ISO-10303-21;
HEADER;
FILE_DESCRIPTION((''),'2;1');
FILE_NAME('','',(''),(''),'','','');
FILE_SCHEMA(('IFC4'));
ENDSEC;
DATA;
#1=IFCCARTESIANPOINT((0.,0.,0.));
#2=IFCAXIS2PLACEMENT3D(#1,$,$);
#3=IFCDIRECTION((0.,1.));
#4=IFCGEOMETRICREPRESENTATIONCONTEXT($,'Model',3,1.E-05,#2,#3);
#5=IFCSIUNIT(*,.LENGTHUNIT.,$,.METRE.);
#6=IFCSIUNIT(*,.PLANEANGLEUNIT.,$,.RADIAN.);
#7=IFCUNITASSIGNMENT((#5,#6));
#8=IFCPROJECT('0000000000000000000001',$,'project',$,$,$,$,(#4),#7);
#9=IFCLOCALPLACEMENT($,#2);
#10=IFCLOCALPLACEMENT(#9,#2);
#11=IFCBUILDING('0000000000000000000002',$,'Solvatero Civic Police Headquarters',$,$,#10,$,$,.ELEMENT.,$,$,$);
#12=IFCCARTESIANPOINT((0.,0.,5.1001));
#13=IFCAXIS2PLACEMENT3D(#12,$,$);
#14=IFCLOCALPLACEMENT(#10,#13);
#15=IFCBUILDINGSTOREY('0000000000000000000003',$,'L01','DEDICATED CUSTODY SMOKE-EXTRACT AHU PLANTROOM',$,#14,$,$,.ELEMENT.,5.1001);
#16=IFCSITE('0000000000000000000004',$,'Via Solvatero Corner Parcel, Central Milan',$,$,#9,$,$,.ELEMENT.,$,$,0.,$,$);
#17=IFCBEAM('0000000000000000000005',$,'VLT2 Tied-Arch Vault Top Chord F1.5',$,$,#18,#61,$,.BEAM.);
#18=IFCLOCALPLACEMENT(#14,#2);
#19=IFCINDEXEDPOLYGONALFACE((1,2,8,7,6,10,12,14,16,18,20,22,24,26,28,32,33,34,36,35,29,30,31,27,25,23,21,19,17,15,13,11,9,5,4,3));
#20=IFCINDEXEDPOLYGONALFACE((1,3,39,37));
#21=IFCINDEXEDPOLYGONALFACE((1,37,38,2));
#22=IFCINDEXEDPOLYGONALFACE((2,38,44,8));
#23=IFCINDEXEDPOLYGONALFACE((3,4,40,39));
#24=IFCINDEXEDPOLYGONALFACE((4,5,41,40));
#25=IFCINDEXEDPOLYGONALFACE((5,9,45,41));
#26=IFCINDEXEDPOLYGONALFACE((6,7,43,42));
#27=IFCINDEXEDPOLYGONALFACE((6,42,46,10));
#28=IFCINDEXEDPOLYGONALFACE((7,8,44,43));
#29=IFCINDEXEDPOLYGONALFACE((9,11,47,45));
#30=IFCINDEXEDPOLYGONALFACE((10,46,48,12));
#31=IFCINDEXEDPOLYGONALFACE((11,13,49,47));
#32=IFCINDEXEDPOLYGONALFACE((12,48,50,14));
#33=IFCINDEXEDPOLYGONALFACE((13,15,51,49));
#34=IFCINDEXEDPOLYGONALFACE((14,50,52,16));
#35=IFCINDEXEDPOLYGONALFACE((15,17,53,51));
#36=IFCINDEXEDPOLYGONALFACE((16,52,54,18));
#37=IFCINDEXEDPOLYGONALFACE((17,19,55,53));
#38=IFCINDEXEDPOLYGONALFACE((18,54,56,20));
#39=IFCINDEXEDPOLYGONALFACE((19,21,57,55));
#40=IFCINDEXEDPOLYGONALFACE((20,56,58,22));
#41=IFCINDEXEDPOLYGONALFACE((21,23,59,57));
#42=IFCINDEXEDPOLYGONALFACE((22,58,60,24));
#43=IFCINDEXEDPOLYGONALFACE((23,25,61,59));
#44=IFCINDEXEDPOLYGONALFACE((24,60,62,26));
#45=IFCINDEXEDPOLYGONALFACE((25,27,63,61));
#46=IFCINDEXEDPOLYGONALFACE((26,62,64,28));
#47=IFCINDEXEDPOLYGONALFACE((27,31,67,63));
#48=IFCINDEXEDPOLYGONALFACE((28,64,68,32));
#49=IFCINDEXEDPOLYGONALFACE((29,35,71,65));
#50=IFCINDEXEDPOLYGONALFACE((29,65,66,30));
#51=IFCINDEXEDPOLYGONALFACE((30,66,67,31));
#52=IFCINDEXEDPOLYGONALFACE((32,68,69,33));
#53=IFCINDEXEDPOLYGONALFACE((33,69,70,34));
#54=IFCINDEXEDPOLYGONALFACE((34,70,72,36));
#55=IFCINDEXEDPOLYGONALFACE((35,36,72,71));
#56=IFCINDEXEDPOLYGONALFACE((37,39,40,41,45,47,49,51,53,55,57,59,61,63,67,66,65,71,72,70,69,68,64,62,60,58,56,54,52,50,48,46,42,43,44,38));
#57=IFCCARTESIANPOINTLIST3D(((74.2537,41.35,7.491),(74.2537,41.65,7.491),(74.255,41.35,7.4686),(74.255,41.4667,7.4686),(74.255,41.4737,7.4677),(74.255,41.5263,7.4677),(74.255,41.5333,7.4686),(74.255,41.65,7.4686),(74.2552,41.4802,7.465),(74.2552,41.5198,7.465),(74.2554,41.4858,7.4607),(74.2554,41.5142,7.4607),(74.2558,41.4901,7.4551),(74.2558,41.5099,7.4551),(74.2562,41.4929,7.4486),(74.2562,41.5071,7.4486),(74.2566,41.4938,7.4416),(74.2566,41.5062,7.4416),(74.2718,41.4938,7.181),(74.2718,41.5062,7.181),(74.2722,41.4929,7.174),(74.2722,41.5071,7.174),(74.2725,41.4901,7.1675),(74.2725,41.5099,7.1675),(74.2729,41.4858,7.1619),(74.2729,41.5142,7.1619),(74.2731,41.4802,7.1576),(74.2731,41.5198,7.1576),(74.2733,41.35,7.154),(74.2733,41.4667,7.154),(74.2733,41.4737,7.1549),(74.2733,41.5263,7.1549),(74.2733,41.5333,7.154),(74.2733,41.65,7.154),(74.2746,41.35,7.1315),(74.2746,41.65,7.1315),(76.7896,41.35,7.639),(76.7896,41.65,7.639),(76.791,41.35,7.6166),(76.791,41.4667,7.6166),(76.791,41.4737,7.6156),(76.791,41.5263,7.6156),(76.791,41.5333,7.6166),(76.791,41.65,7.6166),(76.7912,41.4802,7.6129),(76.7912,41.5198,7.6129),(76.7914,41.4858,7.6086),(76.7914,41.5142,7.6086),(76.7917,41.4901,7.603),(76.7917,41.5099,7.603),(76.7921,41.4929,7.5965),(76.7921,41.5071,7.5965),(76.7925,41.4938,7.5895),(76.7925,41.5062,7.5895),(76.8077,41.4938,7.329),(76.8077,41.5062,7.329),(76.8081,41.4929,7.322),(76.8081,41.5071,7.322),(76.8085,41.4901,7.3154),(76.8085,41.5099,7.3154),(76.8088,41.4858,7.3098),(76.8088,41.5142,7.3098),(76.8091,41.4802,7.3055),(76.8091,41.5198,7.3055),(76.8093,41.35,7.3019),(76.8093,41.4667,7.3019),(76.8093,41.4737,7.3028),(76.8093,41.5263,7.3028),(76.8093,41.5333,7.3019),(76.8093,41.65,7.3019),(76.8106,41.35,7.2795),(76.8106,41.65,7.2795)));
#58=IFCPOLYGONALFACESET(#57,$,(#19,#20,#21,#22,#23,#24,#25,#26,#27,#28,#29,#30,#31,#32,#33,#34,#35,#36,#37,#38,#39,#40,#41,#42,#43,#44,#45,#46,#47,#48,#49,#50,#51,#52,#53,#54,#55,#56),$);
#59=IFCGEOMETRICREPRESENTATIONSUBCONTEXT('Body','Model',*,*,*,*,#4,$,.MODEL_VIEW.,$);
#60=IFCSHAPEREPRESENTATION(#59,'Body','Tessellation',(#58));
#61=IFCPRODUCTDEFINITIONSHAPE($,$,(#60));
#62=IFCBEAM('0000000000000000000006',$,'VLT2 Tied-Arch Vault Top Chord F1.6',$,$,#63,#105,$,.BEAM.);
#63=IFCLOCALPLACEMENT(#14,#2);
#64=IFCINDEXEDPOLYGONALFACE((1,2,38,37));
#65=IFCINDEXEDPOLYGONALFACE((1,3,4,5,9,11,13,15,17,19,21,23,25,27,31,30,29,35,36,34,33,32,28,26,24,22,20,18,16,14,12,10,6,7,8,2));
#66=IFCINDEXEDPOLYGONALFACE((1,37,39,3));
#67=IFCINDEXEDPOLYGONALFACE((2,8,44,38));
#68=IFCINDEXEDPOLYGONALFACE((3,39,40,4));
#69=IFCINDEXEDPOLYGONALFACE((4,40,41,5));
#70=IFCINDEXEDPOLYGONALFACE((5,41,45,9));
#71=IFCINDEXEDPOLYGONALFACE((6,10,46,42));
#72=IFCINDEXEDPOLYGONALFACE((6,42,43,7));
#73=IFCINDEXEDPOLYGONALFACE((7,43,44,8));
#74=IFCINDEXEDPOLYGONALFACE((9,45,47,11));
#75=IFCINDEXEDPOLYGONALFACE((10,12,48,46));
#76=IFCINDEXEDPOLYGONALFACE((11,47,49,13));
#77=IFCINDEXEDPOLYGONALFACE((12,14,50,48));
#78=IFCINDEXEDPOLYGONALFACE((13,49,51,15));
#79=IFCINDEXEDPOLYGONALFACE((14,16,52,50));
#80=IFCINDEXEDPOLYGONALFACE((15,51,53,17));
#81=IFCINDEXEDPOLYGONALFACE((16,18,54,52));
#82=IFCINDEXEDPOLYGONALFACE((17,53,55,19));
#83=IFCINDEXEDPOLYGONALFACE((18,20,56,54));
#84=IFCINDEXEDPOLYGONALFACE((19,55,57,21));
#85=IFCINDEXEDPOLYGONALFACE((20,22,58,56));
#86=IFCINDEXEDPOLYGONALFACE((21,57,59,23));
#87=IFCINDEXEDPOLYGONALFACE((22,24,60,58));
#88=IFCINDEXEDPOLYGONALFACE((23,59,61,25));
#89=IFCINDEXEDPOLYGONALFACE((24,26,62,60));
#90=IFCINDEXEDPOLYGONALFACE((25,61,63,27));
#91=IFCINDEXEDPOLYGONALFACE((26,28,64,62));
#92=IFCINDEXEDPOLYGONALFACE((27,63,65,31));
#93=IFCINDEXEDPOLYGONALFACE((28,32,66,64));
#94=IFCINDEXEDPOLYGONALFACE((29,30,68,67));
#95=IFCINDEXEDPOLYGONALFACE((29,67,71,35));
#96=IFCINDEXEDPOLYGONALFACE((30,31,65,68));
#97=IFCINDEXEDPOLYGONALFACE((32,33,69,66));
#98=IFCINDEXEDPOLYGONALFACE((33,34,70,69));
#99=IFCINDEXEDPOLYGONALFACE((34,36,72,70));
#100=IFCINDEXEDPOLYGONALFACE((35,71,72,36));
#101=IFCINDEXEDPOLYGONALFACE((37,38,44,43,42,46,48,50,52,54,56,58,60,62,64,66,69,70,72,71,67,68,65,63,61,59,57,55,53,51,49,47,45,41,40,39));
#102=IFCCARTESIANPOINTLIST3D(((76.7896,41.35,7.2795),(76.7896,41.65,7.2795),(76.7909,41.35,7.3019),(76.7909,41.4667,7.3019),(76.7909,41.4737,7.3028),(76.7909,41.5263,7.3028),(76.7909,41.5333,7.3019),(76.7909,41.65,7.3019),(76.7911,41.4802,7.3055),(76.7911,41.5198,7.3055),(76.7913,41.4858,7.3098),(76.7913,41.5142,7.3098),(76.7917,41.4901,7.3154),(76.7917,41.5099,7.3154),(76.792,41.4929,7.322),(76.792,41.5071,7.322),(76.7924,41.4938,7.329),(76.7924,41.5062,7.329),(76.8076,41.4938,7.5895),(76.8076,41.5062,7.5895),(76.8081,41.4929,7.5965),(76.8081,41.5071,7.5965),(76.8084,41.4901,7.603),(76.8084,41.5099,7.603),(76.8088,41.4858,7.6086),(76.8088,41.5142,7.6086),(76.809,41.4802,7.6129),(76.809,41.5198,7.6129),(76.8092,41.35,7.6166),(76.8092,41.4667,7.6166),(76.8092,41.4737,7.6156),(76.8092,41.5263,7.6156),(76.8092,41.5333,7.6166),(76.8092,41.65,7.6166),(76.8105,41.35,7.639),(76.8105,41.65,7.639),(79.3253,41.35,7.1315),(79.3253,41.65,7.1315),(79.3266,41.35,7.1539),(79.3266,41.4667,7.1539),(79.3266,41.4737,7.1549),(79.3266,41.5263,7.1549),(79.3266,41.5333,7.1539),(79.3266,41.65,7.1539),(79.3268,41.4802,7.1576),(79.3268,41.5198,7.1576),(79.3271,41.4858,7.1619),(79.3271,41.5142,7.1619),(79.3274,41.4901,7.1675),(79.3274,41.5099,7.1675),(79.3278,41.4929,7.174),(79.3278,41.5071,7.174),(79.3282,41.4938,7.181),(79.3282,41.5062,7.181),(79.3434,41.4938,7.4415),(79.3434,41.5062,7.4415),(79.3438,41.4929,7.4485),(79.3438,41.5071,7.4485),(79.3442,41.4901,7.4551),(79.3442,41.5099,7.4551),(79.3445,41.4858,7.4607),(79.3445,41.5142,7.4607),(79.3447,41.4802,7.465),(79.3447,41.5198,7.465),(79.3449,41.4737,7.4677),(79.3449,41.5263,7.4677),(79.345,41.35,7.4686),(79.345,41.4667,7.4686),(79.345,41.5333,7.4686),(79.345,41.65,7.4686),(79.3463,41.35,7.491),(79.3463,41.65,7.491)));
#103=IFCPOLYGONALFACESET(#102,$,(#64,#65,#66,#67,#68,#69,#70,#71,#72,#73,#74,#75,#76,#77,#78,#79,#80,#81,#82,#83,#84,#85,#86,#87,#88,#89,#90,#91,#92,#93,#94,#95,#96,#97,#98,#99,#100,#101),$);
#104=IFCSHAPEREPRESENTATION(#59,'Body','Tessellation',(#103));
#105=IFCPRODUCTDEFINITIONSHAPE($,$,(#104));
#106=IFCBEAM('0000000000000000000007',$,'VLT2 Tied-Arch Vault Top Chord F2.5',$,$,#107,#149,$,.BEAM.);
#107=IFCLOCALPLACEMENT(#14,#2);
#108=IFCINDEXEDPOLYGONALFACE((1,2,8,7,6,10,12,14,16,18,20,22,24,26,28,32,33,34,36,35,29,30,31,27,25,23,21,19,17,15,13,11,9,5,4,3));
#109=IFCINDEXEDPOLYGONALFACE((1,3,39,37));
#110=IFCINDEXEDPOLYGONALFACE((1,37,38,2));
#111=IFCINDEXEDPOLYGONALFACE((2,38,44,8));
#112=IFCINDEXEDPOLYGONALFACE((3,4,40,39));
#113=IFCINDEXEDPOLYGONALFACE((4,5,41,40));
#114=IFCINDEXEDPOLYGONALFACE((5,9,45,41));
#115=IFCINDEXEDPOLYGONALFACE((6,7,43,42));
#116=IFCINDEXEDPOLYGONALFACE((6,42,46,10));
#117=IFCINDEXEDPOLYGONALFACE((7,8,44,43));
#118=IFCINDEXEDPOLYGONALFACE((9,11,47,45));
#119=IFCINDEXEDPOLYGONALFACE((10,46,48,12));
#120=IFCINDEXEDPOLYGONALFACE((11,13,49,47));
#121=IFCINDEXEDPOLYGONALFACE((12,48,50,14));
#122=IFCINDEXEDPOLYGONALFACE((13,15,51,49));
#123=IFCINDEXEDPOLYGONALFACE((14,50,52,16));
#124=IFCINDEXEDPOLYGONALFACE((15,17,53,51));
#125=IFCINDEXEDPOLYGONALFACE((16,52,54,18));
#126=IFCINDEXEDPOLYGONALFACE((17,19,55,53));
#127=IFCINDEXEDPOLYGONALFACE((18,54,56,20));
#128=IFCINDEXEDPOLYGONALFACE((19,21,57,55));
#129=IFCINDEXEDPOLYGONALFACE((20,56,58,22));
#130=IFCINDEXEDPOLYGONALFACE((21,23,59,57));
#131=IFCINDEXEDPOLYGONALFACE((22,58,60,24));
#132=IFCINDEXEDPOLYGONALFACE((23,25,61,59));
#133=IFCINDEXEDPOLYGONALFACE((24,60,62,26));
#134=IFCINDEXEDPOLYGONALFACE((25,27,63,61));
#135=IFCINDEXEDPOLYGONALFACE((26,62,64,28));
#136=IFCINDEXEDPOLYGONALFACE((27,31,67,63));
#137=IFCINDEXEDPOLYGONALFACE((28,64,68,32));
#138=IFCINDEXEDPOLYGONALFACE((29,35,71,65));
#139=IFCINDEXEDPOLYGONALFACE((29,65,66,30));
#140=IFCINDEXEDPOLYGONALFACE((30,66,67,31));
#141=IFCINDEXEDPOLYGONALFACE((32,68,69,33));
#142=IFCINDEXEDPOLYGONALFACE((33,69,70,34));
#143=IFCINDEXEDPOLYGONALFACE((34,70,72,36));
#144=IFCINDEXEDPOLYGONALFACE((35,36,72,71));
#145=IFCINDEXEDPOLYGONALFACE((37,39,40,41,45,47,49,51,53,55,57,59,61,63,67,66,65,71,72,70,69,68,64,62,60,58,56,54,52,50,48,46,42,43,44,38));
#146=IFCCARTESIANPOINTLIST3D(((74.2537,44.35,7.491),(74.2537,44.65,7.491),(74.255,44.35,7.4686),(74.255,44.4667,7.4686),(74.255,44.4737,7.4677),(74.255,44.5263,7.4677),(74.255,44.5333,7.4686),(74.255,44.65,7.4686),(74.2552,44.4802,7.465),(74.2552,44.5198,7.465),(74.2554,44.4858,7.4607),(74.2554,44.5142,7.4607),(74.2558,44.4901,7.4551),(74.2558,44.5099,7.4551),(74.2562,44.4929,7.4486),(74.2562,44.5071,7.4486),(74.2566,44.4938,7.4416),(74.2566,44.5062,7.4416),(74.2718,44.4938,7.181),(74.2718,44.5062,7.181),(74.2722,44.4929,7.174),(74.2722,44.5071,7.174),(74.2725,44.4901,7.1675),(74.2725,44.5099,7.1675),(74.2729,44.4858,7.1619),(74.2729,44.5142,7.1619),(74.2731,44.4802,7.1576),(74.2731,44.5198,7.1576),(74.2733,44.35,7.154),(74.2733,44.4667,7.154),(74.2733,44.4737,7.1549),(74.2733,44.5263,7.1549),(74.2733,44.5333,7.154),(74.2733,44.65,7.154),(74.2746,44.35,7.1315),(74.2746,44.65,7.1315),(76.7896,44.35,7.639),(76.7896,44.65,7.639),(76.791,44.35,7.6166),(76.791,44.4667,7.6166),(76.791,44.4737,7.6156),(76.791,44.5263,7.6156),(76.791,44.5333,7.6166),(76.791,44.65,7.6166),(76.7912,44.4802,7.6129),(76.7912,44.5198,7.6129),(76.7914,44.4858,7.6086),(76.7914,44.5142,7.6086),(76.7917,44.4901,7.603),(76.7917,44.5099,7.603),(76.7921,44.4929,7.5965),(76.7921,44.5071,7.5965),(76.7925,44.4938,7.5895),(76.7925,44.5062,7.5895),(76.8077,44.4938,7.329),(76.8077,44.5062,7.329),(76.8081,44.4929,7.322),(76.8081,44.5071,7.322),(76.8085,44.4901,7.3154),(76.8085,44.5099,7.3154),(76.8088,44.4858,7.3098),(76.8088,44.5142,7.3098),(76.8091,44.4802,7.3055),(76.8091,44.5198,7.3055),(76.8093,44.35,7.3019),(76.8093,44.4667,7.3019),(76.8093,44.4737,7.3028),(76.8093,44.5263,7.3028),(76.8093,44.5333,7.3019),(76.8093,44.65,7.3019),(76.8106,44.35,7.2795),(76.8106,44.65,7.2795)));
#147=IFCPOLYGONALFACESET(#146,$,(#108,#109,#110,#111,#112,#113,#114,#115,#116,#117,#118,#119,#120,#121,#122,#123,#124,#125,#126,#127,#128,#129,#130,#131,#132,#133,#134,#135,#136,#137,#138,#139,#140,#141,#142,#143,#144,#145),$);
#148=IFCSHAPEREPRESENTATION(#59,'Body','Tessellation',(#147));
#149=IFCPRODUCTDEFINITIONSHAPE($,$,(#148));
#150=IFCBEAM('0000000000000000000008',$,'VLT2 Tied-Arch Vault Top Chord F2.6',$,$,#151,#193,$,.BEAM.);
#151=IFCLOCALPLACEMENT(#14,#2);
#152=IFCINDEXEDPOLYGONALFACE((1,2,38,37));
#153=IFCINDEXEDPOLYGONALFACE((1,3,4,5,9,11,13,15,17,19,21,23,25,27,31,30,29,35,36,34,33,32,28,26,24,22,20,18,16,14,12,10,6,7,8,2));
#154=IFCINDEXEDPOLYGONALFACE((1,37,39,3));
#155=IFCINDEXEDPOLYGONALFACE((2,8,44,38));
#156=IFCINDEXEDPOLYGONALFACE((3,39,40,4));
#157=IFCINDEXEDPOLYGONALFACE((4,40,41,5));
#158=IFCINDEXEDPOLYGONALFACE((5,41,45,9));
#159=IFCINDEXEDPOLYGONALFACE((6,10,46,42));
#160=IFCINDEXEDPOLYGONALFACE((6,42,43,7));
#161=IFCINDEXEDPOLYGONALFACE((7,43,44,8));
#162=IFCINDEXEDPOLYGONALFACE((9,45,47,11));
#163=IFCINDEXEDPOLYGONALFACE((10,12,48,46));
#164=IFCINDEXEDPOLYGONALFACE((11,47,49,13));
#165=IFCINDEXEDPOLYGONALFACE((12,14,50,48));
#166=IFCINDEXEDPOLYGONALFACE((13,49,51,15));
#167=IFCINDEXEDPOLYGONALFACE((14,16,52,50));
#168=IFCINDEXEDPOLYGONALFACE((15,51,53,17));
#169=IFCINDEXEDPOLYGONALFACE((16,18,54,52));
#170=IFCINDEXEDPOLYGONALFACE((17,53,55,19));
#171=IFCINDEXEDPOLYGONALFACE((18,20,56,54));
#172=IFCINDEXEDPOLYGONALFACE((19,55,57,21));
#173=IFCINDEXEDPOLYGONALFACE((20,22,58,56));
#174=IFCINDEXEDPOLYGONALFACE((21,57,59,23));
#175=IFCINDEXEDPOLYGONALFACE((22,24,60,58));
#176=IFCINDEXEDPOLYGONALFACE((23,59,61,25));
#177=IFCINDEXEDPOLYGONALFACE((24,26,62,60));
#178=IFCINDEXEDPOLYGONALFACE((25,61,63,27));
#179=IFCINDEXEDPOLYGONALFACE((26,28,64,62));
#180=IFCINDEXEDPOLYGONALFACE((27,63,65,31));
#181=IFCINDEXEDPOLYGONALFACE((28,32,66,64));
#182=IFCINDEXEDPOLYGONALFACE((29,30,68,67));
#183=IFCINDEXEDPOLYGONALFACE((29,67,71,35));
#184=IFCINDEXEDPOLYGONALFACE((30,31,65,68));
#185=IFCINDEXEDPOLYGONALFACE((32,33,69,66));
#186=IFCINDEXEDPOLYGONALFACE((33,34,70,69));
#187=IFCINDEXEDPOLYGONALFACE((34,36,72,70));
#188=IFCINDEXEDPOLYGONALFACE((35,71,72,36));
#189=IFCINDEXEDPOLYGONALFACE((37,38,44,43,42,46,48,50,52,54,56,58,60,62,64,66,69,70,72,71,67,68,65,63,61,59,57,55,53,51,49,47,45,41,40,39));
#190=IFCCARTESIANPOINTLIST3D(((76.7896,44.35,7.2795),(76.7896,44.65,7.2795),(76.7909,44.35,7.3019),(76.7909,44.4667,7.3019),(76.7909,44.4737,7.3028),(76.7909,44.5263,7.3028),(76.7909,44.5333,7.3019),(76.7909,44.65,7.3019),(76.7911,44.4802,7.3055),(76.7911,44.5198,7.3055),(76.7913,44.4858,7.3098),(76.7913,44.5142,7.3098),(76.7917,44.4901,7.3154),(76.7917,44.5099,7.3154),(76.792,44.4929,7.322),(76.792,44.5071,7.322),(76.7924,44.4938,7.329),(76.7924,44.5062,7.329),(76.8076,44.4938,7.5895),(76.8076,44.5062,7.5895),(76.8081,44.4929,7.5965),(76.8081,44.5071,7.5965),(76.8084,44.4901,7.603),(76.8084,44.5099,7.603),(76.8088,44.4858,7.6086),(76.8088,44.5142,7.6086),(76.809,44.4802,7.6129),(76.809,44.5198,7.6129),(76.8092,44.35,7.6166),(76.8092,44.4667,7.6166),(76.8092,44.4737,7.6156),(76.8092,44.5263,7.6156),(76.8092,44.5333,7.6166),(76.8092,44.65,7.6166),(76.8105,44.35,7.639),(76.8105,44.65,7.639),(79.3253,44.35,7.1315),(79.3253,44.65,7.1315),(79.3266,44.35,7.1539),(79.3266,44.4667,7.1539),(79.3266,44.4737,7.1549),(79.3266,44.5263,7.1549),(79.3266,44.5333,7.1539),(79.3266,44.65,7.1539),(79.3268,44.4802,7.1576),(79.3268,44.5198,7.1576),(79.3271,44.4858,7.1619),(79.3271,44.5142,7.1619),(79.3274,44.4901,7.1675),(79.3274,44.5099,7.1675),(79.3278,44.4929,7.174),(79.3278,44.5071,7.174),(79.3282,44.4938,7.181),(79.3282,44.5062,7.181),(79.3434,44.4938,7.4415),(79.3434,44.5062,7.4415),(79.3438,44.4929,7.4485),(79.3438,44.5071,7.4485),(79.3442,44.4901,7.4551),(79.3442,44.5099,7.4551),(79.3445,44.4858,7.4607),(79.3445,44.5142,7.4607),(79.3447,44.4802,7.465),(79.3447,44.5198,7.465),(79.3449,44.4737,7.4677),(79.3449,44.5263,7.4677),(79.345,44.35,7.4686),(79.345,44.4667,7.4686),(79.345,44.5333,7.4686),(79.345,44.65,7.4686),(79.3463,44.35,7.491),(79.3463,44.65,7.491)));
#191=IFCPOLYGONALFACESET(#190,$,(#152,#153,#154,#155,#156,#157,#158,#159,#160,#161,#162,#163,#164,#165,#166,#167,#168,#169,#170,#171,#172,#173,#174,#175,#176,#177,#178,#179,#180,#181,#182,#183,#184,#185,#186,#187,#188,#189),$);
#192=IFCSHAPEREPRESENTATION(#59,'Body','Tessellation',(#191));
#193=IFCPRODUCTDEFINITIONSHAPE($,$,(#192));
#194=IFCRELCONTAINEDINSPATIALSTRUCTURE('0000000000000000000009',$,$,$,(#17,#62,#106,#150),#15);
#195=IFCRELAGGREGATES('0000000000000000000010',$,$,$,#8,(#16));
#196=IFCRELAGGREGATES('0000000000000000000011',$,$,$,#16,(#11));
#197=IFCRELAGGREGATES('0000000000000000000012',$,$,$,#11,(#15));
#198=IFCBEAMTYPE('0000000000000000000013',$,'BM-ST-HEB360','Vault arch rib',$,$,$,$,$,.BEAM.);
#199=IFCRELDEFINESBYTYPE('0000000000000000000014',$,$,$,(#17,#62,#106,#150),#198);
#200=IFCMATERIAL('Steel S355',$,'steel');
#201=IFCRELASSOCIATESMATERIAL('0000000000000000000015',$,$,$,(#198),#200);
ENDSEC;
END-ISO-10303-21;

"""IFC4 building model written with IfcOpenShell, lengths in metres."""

from ifc_helpers import new_model, si_unit, direction, frame, origin, origin_2d, place, context, subcontext, project, spatial, i_section, extrude, material, material_profile, profile_set, type_object, element, save


model = new_model("IFC4")

# Units and contexts
model_context = context("Model", 3, precision=1e-05, world=origin(), true_north=direction((0.0, 1.0)))
body_context = subcontext(model_context, "Body", "Model", "MODEL_VIEW")
ifc_project = project(units=[si_unit("LENGTHUNIT", "METRE"), si_unit("PLANEANGLEUNIT", "RADIAN")], contexts=[model_context])

# Site, building, storey
site_placement = place(None, origin())
site = spatial("IfcSite", under=ifc_project, at=site_placement, Name="Via Solvatero Corner Parcel, Central Milan", CompositionType="ELEMENT", RefElevation=0.0)
building_placement = place(site_placement, origin())
building = spatial("IfcBuilding", under=site, at=building_placement, Name="Solvatero Civic Police Headquarters", CompositionType="ELEMENT")
storey_placement = place(building_placement, frame((0.0, 0.0, 5.1001)))
storey = spatial("IfcBuildingStorey", under=building, at=storey_placement, Name="L01", Description="DEDICATED CUSTODY SMOKE-EXTRACT AHU PLANTROOM", CompositionType="ELEMENT", Elevation=5.1001)

# Beams
ifc_material_1 = material(Name="Steel S355", Category="steel")
ifc_material_profile_1 = material_profile(ifc_material_1, i_section(OverallWidth=0.3, OverallDepth=0.3601, WebThickness=0.0125, FlangeThickness=0.0225, FilletRadius=0.0271, at=origin_2d()), Name="HEB 360")
ifc_profile_set_1 = profile_set([ifc_material_profile_1], Name="Steel S355")
beam_type_1 = type_object("IfcBeamType", Name="BM-ST-HEB360", Description="Vault arch rib", PredefinedType="BEAM", material=ifc_profile_set_1)
beam_1_placement = place(storey_placement, frame((74.2642, 41.5, 7.3113), z_axis=(0.998302, 0.0, 0.058243), x_axis=(0.0, 1.0, 0.0)))
element("IfcBeam", 1, at=beam_1_placement, inside=storey, type_object=beam_type_1, Name="VLT2 Tied-Arch Vault Top Chord F1.5", PredefinedType="BEAM", context=body_context, shape_type="SweptSolid", body=[
    extrude(i_section(OverallWidth=0.3, OverallDepth=0.3601, WebThickness=0.0125, FlangeThickness=0.0225, FilletRadius=0.0271, at=origin_2d()), origin(), (0.0, 0.0, 1.0), 2.5403),
])
beam_2_placement = place(storey_placement, frame((76.8, 41.5, 7.4592), z_axis=(0.998302, 0.0, -0.058249), x_axis=(0.0, 1.0, 0.0)))
element("IfcBeam", 2, at=beam_2_placement, inside=storey, type_object=beam_type_1, Name="VLT2 Tied-Arch Vault Top Chord F1.6", PredefinedType="BEAM", context=body_context, shape_type="SweptSolid", body=[
    extrude(i_section(OverallWidth=0.3, OverallDepth=0.3601, WebThickness=0.0125, FlangeThickness=0.0225, FilletRadius=0.0271, at=origin_2d()), origin(), (0.0, 0.0, 1.0), 2.54),
])
beam_3_placement = place(storey_placement, frame((74.2642, 44.5, 7.3113), z_axis=(0.998302, 0.0, 0.058243), x_axis=(0.0, 1.0, 0.0)))
element("IfcBeam", 3, at=beam_3_placement, inside=storey, type_object=beam_type_1, Name="VLT2 Tied-Arch Vault Top Chord F2.5", PredefinedType="BEAM", context=body_context, shape_type="SweptSolid", body=[
    extrude(i_section(OverallWidth=0.3, OverallDepth=0.3601, WebThickness=0.0125, FlangeThickness=0.0225, FilletRadius=0.0271, at=origin_2d()), origin(), (0.0, 0.0, 1.0), 2.5403),
])
beam_4_placement = place(storey_placement, frame((76.8, 44.5, 7.4592), z_axis=(0.998302, 0.0, -0.058249), x_axis=(0.0, 1.0, 0.0)))
element("IfcBeam", 4, at=beam_4_placement, inside=storey, type_object=beam_type_1, Name="VLT2 Tied-Arch Vault Top Chord F2.6", PredefinedType="BEAM", context=body_context, shape_type="SweptSolid", body=[
    extrude(i_section(OverallWidth=0.3, OverallDepth=0.3601, WebThickness=0.0125, FlangeThickness=0.0225, FilletRadius=0.0271, at=origin_2d()), origin(), (0.0, 0.0, 1.0), 2.54),
])

save(model, "model.ifc")
